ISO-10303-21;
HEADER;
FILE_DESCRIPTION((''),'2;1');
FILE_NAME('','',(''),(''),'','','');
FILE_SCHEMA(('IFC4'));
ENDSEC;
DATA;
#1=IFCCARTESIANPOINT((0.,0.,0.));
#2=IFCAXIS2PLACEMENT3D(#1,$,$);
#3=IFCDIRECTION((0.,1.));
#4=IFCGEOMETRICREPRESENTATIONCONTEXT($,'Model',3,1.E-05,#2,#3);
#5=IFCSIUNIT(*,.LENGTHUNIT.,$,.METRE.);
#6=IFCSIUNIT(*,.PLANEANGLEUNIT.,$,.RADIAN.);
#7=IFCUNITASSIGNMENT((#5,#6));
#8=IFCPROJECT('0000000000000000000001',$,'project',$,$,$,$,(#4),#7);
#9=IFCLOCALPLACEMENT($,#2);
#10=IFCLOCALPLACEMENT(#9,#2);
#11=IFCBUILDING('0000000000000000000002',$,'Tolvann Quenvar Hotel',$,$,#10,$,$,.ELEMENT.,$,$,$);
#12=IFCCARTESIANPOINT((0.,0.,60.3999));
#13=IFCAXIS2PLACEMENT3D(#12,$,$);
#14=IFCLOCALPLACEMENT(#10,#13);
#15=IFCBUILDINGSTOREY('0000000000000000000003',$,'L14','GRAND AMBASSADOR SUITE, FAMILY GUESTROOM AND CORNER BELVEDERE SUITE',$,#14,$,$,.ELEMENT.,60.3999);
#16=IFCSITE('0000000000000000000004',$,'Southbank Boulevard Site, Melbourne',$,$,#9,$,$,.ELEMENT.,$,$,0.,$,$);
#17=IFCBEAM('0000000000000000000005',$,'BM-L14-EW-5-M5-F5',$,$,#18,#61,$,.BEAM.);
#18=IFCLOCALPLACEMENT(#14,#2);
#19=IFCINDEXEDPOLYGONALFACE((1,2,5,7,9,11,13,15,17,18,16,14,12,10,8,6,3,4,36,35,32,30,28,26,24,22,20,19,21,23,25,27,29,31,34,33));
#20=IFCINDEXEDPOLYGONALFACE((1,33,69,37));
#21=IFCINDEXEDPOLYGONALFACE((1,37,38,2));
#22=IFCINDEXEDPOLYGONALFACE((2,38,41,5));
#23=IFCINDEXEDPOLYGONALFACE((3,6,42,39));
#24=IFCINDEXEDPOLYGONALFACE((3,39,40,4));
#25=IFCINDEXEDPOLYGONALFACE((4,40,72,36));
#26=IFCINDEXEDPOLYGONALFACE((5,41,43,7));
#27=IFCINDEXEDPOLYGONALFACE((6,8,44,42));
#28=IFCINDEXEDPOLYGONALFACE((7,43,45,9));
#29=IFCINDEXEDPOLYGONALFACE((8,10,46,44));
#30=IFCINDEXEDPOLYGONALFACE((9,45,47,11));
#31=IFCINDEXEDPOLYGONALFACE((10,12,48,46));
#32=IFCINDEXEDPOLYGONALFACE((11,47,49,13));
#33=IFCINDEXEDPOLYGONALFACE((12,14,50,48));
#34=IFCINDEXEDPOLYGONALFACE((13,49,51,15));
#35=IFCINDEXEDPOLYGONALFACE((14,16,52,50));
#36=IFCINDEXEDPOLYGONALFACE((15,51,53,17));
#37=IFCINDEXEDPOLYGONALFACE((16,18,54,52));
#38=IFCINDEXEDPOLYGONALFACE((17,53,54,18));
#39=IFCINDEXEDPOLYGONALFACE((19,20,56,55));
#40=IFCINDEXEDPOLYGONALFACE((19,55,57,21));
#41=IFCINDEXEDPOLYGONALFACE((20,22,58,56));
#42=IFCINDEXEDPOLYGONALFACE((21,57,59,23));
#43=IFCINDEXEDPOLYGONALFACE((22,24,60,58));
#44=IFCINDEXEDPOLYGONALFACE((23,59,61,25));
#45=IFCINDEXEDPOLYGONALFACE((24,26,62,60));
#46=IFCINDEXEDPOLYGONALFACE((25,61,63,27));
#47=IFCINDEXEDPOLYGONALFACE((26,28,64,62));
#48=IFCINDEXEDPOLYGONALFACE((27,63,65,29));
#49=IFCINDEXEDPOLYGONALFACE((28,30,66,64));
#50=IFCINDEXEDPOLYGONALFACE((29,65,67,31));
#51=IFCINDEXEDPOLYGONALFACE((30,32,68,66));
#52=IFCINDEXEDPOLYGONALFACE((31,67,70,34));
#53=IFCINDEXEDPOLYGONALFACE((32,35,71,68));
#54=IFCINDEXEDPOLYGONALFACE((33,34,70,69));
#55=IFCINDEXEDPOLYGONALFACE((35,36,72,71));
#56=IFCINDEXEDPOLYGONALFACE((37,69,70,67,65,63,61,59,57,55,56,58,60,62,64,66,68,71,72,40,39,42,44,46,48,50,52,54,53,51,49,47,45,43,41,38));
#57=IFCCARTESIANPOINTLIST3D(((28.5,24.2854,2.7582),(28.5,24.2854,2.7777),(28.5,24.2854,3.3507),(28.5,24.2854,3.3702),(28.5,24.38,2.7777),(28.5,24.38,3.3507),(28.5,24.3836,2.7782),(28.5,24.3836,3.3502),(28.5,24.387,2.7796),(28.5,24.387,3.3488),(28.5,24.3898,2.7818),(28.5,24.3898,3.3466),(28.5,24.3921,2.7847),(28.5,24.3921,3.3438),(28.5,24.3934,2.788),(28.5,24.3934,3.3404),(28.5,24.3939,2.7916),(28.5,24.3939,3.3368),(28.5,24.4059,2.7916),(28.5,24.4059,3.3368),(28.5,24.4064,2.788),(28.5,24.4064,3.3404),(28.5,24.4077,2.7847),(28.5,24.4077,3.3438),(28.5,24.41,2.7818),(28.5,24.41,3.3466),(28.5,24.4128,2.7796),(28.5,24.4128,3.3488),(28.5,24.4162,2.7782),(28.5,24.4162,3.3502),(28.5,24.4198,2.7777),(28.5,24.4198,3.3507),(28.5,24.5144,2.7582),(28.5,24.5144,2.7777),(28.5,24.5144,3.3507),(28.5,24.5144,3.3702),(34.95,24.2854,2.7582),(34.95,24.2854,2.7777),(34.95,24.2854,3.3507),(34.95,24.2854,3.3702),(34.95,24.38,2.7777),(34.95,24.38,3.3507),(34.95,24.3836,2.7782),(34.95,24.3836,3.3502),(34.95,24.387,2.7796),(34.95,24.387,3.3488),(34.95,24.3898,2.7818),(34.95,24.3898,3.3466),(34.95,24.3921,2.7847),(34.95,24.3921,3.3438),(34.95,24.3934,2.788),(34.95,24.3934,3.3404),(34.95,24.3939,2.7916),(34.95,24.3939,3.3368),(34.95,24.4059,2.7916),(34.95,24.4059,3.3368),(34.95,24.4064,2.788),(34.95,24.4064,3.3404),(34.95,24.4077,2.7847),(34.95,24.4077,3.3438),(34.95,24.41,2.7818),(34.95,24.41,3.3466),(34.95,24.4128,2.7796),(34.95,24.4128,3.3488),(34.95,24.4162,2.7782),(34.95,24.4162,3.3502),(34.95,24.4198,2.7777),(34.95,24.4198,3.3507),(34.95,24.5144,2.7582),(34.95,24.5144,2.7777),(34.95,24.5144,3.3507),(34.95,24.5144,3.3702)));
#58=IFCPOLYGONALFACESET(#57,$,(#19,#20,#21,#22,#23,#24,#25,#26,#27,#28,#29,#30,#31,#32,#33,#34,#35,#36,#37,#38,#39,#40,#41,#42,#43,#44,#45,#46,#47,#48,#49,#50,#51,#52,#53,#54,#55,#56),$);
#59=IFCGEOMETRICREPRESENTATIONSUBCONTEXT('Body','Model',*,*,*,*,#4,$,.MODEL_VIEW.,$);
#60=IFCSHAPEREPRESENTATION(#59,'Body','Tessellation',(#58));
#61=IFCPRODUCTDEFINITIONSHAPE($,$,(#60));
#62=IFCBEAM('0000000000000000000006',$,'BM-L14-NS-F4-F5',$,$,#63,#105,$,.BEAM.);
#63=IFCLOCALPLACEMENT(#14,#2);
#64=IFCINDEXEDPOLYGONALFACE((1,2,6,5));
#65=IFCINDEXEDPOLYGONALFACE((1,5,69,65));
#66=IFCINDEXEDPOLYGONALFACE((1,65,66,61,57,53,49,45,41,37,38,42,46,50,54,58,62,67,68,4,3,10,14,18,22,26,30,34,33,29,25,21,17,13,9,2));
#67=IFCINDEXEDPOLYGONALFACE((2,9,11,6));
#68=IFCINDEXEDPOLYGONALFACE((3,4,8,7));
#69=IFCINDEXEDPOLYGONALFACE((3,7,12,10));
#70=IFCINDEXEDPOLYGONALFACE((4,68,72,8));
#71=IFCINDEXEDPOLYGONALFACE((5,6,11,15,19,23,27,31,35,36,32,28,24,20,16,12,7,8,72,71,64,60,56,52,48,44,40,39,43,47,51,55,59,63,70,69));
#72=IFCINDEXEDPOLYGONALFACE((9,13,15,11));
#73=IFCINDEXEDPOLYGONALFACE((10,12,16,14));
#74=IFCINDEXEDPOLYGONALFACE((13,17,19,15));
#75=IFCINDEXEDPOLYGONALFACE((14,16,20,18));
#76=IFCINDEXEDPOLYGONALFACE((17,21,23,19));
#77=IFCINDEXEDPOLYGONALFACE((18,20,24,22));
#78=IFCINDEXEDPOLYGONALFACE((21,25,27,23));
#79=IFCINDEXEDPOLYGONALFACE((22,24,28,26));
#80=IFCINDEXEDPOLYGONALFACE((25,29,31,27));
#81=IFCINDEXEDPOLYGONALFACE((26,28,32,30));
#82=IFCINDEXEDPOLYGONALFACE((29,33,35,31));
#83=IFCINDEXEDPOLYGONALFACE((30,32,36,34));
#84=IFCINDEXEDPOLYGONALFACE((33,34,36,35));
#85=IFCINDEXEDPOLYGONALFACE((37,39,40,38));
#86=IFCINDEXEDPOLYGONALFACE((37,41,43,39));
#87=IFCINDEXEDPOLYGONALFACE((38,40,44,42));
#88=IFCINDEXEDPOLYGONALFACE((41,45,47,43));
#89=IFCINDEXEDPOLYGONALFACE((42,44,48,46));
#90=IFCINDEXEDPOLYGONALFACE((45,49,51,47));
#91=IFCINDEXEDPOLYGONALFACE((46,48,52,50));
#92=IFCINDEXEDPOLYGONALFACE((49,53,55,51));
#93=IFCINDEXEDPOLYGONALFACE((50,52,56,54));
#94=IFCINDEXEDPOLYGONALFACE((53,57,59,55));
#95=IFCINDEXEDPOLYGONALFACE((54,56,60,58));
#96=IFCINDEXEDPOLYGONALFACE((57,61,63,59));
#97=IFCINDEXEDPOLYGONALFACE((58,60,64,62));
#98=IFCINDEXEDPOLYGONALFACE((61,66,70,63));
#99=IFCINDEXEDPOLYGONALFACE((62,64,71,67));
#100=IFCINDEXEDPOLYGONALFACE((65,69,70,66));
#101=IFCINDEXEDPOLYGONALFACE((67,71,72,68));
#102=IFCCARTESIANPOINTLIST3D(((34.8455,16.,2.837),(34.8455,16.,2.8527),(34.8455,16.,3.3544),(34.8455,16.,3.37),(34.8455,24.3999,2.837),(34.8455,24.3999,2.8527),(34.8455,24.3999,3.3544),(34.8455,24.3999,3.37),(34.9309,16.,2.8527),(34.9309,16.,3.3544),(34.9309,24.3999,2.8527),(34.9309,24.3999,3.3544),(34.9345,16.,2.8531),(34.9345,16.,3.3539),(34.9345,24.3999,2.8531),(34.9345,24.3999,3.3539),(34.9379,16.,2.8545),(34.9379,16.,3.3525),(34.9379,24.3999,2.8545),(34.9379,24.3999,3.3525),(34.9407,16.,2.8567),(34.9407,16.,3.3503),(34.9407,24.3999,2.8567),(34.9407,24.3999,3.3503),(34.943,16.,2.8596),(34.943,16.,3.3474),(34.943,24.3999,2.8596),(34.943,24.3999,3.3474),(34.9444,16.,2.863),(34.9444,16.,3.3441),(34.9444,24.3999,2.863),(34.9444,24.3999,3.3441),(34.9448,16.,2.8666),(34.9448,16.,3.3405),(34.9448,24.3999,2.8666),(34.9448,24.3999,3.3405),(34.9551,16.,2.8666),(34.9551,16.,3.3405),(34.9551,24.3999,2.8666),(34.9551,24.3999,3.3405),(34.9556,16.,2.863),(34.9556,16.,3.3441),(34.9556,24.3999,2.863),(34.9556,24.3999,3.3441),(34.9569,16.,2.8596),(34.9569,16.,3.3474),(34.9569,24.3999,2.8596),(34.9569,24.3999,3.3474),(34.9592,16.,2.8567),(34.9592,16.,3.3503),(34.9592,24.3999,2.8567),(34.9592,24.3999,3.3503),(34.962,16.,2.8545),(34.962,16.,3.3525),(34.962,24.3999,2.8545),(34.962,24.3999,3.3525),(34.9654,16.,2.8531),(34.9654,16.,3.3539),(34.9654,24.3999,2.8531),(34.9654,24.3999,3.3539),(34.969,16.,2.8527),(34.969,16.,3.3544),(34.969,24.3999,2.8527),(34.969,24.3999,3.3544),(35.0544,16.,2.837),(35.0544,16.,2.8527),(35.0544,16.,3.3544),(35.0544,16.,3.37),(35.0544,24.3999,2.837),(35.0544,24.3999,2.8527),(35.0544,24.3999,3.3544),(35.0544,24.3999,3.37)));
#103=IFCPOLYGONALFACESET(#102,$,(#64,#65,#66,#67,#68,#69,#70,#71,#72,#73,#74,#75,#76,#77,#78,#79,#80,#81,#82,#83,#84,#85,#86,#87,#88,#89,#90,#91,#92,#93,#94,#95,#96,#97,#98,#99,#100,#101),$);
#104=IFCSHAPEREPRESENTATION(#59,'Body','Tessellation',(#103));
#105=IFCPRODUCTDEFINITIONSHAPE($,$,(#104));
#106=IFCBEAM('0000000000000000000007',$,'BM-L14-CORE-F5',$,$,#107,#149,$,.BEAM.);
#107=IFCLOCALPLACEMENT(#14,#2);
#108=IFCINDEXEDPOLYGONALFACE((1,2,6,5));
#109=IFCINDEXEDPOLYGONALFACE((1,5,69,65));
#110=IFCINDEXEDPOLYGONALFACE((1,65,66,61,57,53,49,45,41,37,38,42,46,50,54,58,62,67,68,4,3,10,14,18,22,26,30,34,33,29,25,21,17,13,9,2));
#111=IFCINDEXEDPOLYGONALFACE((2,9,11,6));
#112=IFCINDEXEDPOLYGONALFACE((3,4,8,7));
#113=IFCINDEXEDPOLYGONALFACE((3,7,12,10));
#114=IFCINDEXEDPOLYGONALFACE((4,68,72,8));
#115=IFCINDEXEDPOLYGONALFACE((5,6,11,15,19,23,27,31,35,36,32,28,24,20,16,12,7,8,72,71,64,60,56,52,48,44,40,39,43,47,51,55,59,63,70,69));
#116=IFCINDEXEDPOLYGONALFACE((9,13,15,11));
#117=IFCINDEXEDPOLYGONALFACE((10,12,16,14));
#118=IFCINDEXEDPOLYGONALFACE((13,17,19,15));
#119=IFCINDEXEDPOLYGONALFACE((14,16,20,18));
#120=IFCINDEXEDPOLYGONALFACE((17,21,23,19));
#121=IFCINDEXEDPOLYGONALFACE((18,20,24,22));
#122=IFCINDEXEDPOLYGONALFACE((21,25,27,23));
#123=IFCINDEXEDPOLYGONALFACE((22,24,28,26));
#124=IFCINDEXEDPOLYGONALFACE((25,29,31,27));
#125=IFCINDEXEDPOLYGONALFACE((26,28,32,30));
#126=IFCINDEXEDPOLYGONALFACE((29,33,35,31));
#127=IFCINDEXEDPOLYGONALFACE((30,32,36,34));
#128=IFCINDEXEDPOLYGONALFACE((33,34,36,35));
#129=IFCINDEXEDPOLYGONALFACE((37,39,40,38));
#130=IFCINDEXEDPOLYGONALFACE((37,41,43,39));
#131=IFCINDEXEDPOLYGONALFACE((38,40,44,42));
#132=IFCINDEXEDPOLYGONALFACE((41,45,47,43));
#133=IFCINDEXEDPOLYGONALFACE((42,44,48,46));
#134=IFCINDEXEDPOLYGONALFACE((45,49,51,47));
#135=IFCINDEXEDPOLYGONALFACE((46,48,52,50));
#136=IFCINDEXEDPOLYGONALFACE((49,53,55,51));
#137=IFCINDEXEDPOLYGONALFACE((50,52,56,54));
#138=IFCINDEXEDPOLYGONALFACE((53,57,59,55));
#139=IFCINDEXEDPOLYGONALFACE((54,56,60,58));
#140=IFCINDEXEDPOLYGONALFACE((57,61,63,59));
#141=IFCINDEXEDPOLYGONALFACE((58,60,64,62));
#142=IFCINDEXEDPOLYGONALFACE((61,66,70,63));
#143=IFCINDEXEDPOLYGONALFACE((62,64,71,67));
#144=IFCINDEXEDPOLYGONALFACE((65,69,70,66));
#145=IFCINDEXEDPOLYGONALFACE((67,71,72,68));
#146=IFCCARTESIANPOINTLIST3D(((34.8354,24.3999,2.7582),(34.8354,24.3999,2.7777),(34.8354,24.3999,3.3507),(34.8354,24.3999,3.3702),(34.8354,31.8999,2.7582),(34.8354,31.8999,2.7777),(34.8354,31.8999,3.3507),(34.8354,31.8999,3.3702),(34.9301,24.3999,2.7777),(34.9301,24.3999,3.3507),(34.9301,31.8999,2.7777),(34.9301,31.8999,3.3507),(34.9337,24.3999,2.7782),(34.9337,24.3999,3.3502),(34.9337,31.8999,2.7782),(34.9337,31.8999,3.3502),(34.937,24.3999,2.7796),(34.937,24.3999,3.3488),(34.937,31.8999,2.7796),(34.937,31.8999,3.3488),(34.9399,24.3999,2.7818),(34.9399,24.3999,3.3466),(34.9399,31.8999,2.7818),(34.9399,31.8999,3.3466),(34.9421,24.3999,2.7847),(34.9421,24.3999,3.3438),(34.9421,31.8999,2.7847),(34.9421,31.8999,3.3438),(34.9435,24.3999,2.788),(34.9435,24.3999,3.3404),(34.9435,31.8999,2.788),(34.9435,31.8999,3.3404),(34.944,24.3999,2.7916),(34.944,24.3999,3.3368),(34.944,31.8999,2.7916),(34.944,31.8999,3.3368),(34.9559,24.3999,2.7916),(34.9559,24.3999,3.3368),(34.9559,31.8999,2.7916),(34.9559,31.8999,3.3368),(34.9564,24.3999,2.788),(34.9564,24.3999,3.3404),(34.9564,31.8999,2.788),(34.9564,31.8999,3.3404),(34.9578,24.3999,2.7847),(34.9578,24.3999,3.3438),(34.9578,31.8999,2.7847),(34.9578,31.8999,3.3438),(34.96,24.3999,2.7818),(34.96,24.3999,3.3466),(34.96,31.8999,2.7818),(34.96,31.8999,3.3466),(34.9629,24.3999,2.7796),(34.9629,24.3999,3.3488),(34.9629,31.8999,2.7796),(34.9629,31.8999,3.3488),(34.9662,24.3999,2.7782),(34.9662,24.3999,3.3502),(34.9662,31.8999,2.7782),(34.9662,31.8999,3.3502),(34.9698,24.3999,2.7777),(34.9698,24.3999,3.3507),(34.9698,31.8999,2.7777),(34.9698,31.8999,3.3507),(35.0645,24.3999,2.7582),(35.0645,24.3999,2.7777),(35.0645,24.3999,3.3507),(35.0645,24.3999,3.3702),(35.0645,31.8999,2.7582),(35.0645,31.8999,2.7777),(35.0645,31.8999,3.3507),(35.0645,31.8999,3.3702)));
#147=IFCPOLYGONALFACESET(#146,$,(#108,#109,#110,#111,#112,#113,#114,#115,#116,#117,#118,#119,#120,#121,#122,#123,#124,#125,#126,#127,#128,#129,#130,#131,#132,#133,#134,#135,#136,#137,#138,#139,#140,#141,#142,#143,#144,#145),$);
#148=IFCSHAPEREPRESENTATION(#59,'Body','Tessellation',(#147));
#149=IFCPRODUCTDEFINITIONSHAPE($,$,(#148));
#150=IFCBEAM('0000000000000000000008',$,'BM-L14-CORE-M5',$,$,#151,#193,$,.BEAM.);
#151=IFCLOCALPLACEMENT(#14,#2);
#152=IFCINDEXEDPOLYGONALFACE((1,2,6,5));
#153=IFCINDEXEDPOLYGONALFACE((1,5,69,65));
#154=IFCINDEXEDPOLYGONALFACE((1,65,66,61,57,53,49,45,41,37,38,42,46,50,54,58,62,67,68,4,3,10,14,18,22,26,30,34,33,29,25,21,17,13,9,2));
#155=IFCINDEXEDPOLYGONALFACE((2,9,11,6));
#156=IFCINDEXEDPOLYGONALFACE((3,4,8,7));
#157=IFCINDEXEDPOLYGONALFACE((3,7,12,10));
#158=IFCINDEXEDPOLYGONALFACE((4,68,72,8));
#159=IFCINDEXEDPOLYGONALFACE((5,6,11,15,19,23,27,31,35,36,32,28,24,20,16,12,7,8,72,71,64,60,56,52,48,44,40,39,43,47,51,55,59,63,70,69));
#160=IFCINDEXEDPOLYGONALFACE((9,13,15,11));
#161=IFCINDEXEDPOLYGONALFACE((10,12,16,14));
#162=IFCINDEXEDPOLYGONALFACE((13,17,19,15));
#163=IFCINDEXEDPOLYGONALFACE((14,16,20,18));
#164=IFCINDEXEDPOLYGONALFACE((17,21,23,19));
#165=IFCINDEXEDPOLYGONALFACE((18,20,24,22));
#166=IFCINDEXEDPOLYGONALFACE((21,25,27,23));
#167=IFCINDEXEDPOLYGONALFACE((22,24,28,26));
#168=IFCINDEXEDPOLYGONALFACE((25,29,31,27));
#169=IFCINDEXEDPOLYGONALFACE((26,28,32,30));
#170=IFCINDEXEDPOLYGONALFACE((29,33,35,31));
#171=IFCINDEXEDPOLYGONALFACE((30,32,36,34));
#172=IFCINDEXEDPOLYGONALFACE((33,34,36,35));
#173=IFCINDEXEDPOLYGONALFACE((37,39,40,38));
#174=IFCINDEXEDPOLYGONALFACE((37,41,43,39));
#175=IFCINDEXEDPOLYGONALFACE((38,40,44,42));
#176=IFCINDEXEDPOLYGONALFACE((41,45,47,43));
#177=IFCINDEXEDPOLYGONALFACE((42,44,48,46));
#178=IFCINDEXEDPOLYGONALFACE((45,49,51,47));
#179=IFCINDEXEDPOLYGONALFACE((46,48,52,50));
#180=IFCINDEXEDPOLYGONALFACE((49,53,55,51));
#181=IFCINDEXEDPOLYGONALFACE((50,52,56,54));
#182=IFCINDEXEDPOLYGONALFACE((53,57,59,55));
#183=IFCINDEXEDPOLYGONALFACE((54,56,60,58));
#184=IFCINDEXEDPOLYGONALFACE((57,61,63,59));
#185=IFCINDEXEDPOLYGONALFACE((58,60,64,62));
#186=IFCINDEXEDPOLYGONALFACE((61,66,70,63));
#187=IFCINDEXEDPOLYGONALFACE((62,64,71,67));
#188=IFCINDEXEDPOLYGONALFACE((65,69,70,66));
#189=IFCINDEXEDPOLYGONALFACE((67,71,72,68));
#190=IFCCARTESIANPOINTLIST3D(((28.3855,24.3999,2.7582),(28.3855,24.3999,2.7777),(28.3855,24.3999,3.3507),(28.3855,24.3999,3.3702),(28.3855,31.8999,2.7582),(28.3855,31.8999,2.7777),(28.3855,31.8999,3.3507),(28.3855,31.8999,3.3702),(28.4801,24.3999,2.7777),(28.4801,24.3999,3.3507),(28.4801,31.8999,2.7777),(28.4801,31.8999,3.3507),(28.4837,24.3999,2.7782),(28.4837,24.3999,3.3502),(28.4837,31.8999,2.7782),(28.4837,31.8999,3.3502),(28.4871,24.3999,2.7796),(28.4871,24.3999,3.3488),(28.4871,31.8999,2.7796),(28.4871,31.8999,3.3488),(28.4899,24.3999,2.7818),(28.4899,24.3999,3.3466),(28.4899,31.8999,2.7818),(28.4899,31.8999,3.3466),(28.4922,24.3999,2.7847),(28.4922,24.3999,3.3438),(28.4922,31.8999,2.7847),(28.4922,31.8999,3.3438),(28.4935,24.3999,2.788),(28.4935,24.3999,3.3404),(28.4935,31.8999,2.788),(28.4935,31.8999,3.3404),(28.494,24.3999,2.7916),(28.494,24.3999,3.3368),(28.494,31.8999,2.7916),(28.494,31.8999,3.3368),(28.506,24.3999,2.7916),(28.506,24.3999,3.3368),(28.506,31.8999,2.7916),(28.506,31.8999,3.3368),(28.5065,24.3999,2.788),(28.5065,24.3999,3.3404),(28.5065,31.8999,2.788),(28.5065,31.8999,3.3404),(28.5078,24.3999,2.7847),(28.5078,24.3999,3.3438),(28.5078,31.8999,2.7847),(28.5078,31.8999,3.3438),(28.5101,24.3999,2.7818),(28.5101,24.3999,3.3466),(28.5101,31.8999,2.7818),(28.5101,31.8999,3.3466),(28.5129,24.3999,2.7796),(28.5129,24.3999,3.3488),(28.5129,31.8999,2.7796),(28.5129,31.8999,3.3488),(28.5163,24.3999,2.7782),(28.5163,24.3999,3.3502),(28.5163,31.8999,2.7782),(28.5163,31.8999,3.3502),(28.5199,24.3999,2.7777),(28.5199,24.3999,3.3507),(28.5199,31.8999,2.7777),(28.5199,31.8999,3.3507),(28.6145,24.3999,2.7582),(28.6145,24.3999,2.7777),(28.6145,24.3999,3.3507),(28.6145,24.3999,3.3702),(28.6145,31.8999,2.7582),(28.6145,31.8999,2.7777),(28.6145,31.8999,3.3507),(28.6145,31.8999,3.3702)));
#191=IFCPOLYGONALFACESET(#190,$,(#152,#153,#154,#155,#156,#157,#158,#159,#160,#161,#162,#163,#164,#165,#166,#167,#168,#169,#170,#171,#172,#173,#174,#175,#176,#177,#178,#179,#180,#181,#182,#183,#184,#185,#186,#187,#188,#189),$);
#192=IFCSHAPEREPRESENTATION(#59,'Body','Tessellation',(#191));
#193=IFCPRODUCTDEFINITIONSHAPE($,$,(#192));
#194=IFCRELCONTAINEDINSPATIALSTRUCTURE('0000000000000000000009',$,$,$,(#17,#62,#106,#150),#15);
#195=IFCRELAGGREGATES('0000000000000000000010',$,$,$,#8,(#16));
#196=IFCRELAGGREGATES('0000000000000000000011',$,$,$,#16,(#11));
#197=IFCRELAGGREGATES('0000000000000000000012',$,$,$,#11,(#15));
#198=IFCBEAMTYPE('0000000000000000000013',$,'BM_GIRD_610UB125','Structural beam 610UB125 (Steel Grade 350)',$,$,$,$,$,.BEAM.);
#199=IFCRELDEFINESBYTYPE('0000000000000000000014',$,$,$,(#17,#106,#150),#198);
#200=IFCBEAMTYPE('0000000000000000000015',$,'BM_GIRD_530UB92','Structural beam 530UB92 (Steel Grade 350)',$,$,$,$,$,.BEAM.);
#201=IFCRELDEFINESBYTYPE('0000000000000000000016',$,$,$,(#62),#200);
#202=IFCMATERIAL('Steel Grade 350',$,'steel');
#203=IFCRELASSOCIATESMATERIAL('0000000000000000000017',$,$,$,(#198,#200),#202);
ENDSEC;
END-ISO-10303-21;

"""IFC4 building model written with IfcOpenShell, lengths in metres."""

from ifc_helpers import new_model, si_unit, direction, frame, origin, origin_2d, place, context, subcontext, project, spatial, i_section, extrude, source, transform, mapped, material, material_profile, profile_set, type_object, type_shapes, element, save


model = new_model("IFC4")

# Units and contexts
model_context = context("Model", 3, precision=1e-05, world=origin(), true_north=direction((0.0, 1.0)))
body_context = subcontext(model_context, "Body", "Model", "MODEL_VIEW")
ifc_project = project(units=[si_unit("LENGTHUNIT", "METRE"), si_unit("PLANEANGLEUNIT", "RADIAN")], contexts=[model_context])

# Site, building, storey
site_placement = place(None, origin())
site = spatial("IfcSite", under=ifc_project, at=site_placement, Name="Southbank Boulevard Site, Melbourne", CompositionType="ELEMENT", RefElevation=0.0)
building_placement = place(site_placement, origin())
building = spatial("IfcBuilding", under=site, at=building_placement, Name="Tolvann Quenvar Hotel", CompositionType="ELEMENT")
storey_placement = place(building_placement, frame((0.0, 0.0, 60.3999)))
storey = spatial("IfcBuildingStorey", under=building, at=storey_placement, Name="L14", Description="GRAND AMBASSADOR SUITE, FAMILY GUESTROOM AND CORNER BELVEDERE SUITE", CompositionType="ELEMENT", Elevation=60.3999)

# Shared definitions
ifc_material_1 = material(Name="Steel Grade 350", Category="steel")

# Beams
ifc_material_profile_1 = material_profile(ifc_material_1, i_section(OverallWidth=0.229, OverallDepth=0.6121, WebThickness=0.012, FlangeThickness=0.0195, FilletRadius=0.0139, at=origin_2d()), Name="610UB125")
ifc_profile_set_1 = profile_set([ifc_material_profile_1], Name="Steel Grade 350")
beam_type_1 = type_object("IfcBeamType", Name="BM_GIRD_610UB125", Description="Structural beam 610UB125 (Steel Grade 350)", PredefinedType="BEAM", material=ifc_profile_set_1)
shared_shape_1 = source(origin(), body_context, "Body", "SweptSolid", [
    extrude(i_section(OverallWidth=0.229, OverallDepth=0.6121, WebThickness=0.012, FlangeThickness=0.0195, FilletRadius=0.0139, at=origin_2d()), origin(), (0.0, 0.0, 1.0), 6.45),
])
beam_1_placement = place(storey_placement, frame((28.5, 24.3999, 3.0642), z_axis=(1.0, 0.0, 0.0), x_axis=(0.0, 1.0, 0.0)))
element("IfcBeam", 1, at=beam_1_placement, inside=storey, type_object=beam_type_1, Name="BM-L14-EW-5-M5-F5", PredefinedType="BEAM", context=body_context, shape_type="MappedRepresentation", body=[
    mapped(shared_shape_1, transform((0.0, 0.0, 0.0), x_axis=(1.0, 0.0, 0.0), y_axis=(0.0, 1.0, 0.0), z_axis=(0.0, 0.0, 1.0), scale=1.0)),
])
ifc_material_profile_2 = material_profile(ifc_material_1, i_section(OverallWidth=0.209, OverallDepth=0.533, WebThickness=0.0103, FlangeThickness=0.0156, FilletRadius=0.0139, at=origin_2d()), Name="530UB92")
ifc_profile_set_2 = profile_set([ifc_material_profile_2], Name="Steel Grade 350")
beam_type_2 = type_object("IfcBeamType", Name="BM_GIRD_530UB92", Description="Structural beam 530UB92 (Steel Grade 350)", PredefinedType="BEAM", material=ifc_profile_set_2)
shared_shape_2 = source(origin(), body_context, "Body", "SweptSolid", [
    extrude(i_section(OverallWidth=0.209, OverallDepth=0.533, WebThickness=0.0103, FlangeThickness=0.0156, FilletRadius=0.0139, at=origin_2d()), origin(), (0.0, 0.0, 1.0), 8.3999),
])
type_shapes(beam_type_2, [shared_shape_2])
beam_2_placement = place(storey_placement, frame((34.95, 16.0, 3.1035), z_axis=(0.0, 1.0, 0.0), x_axis=(-1.0, 0.0, 0.0)))
element("IfcBeam", 2, at=beam_2_placement, inside=storey, type_object=beam_type_2, Name="BM-L14-NS-F4-F5", PredefinedType="BEAM", context=body_context, shape_type="MappedRepresentation", body=[
    mapped(shared_shape_2, transform((0.0, 0.0, 0.0), x_axis=(1.0, 0.0, 0.0), y_axis=(0.0, 1.0, 0.0), z_axis=(0.0, 0.0, 1.0), scale=1.0)),
])
shared_shape_3 = source(origin(), body_context, "Body", "SweptSolid", [
    extrude(i_section(OverallWidth=0.229, OverallDepth=0.6121, WebThickness=0.012, FlangeThickness=0.0195, FilletRadius=0.0139, at=origin_2d()), origin(), (0.0, 0.0, 1.0), 7.5),
])
for number, where, z_axis, x_axis, name in (
    (3, (34.95, 24.3999, 3.0642), (0.0, 1.0, 0.0), (-1.0, 0.0, 0.0), "BM-L14-CORE-F5"),
    (4, (28.5, 24.3999, 3.0642), (0.0, 1.0, 0.0), (-1.0, 0.0, 0.0), "BM-L14-CORE-M5"),
):
    element("IfcBeam", number, at=place(storey_placement, frame(where, z_axis=z_axis, x_axis=x_axis)), inside=storey, type_object=beam_type_1, Name=name, PredefinedType="BEAM", context=body_context, shape_type="MappedRepresentation", body=[
        mapped(shared_shape_3, transform((0.0, 0.0, 0.0), x_axis=(1.0, 0.0, 0.0), y_axis=(0.0, 1.0, 0.0), z_axis=(0.0, 0.0, 1.0), scale=1.0)),
    ])

save(model, "model.ifc")
